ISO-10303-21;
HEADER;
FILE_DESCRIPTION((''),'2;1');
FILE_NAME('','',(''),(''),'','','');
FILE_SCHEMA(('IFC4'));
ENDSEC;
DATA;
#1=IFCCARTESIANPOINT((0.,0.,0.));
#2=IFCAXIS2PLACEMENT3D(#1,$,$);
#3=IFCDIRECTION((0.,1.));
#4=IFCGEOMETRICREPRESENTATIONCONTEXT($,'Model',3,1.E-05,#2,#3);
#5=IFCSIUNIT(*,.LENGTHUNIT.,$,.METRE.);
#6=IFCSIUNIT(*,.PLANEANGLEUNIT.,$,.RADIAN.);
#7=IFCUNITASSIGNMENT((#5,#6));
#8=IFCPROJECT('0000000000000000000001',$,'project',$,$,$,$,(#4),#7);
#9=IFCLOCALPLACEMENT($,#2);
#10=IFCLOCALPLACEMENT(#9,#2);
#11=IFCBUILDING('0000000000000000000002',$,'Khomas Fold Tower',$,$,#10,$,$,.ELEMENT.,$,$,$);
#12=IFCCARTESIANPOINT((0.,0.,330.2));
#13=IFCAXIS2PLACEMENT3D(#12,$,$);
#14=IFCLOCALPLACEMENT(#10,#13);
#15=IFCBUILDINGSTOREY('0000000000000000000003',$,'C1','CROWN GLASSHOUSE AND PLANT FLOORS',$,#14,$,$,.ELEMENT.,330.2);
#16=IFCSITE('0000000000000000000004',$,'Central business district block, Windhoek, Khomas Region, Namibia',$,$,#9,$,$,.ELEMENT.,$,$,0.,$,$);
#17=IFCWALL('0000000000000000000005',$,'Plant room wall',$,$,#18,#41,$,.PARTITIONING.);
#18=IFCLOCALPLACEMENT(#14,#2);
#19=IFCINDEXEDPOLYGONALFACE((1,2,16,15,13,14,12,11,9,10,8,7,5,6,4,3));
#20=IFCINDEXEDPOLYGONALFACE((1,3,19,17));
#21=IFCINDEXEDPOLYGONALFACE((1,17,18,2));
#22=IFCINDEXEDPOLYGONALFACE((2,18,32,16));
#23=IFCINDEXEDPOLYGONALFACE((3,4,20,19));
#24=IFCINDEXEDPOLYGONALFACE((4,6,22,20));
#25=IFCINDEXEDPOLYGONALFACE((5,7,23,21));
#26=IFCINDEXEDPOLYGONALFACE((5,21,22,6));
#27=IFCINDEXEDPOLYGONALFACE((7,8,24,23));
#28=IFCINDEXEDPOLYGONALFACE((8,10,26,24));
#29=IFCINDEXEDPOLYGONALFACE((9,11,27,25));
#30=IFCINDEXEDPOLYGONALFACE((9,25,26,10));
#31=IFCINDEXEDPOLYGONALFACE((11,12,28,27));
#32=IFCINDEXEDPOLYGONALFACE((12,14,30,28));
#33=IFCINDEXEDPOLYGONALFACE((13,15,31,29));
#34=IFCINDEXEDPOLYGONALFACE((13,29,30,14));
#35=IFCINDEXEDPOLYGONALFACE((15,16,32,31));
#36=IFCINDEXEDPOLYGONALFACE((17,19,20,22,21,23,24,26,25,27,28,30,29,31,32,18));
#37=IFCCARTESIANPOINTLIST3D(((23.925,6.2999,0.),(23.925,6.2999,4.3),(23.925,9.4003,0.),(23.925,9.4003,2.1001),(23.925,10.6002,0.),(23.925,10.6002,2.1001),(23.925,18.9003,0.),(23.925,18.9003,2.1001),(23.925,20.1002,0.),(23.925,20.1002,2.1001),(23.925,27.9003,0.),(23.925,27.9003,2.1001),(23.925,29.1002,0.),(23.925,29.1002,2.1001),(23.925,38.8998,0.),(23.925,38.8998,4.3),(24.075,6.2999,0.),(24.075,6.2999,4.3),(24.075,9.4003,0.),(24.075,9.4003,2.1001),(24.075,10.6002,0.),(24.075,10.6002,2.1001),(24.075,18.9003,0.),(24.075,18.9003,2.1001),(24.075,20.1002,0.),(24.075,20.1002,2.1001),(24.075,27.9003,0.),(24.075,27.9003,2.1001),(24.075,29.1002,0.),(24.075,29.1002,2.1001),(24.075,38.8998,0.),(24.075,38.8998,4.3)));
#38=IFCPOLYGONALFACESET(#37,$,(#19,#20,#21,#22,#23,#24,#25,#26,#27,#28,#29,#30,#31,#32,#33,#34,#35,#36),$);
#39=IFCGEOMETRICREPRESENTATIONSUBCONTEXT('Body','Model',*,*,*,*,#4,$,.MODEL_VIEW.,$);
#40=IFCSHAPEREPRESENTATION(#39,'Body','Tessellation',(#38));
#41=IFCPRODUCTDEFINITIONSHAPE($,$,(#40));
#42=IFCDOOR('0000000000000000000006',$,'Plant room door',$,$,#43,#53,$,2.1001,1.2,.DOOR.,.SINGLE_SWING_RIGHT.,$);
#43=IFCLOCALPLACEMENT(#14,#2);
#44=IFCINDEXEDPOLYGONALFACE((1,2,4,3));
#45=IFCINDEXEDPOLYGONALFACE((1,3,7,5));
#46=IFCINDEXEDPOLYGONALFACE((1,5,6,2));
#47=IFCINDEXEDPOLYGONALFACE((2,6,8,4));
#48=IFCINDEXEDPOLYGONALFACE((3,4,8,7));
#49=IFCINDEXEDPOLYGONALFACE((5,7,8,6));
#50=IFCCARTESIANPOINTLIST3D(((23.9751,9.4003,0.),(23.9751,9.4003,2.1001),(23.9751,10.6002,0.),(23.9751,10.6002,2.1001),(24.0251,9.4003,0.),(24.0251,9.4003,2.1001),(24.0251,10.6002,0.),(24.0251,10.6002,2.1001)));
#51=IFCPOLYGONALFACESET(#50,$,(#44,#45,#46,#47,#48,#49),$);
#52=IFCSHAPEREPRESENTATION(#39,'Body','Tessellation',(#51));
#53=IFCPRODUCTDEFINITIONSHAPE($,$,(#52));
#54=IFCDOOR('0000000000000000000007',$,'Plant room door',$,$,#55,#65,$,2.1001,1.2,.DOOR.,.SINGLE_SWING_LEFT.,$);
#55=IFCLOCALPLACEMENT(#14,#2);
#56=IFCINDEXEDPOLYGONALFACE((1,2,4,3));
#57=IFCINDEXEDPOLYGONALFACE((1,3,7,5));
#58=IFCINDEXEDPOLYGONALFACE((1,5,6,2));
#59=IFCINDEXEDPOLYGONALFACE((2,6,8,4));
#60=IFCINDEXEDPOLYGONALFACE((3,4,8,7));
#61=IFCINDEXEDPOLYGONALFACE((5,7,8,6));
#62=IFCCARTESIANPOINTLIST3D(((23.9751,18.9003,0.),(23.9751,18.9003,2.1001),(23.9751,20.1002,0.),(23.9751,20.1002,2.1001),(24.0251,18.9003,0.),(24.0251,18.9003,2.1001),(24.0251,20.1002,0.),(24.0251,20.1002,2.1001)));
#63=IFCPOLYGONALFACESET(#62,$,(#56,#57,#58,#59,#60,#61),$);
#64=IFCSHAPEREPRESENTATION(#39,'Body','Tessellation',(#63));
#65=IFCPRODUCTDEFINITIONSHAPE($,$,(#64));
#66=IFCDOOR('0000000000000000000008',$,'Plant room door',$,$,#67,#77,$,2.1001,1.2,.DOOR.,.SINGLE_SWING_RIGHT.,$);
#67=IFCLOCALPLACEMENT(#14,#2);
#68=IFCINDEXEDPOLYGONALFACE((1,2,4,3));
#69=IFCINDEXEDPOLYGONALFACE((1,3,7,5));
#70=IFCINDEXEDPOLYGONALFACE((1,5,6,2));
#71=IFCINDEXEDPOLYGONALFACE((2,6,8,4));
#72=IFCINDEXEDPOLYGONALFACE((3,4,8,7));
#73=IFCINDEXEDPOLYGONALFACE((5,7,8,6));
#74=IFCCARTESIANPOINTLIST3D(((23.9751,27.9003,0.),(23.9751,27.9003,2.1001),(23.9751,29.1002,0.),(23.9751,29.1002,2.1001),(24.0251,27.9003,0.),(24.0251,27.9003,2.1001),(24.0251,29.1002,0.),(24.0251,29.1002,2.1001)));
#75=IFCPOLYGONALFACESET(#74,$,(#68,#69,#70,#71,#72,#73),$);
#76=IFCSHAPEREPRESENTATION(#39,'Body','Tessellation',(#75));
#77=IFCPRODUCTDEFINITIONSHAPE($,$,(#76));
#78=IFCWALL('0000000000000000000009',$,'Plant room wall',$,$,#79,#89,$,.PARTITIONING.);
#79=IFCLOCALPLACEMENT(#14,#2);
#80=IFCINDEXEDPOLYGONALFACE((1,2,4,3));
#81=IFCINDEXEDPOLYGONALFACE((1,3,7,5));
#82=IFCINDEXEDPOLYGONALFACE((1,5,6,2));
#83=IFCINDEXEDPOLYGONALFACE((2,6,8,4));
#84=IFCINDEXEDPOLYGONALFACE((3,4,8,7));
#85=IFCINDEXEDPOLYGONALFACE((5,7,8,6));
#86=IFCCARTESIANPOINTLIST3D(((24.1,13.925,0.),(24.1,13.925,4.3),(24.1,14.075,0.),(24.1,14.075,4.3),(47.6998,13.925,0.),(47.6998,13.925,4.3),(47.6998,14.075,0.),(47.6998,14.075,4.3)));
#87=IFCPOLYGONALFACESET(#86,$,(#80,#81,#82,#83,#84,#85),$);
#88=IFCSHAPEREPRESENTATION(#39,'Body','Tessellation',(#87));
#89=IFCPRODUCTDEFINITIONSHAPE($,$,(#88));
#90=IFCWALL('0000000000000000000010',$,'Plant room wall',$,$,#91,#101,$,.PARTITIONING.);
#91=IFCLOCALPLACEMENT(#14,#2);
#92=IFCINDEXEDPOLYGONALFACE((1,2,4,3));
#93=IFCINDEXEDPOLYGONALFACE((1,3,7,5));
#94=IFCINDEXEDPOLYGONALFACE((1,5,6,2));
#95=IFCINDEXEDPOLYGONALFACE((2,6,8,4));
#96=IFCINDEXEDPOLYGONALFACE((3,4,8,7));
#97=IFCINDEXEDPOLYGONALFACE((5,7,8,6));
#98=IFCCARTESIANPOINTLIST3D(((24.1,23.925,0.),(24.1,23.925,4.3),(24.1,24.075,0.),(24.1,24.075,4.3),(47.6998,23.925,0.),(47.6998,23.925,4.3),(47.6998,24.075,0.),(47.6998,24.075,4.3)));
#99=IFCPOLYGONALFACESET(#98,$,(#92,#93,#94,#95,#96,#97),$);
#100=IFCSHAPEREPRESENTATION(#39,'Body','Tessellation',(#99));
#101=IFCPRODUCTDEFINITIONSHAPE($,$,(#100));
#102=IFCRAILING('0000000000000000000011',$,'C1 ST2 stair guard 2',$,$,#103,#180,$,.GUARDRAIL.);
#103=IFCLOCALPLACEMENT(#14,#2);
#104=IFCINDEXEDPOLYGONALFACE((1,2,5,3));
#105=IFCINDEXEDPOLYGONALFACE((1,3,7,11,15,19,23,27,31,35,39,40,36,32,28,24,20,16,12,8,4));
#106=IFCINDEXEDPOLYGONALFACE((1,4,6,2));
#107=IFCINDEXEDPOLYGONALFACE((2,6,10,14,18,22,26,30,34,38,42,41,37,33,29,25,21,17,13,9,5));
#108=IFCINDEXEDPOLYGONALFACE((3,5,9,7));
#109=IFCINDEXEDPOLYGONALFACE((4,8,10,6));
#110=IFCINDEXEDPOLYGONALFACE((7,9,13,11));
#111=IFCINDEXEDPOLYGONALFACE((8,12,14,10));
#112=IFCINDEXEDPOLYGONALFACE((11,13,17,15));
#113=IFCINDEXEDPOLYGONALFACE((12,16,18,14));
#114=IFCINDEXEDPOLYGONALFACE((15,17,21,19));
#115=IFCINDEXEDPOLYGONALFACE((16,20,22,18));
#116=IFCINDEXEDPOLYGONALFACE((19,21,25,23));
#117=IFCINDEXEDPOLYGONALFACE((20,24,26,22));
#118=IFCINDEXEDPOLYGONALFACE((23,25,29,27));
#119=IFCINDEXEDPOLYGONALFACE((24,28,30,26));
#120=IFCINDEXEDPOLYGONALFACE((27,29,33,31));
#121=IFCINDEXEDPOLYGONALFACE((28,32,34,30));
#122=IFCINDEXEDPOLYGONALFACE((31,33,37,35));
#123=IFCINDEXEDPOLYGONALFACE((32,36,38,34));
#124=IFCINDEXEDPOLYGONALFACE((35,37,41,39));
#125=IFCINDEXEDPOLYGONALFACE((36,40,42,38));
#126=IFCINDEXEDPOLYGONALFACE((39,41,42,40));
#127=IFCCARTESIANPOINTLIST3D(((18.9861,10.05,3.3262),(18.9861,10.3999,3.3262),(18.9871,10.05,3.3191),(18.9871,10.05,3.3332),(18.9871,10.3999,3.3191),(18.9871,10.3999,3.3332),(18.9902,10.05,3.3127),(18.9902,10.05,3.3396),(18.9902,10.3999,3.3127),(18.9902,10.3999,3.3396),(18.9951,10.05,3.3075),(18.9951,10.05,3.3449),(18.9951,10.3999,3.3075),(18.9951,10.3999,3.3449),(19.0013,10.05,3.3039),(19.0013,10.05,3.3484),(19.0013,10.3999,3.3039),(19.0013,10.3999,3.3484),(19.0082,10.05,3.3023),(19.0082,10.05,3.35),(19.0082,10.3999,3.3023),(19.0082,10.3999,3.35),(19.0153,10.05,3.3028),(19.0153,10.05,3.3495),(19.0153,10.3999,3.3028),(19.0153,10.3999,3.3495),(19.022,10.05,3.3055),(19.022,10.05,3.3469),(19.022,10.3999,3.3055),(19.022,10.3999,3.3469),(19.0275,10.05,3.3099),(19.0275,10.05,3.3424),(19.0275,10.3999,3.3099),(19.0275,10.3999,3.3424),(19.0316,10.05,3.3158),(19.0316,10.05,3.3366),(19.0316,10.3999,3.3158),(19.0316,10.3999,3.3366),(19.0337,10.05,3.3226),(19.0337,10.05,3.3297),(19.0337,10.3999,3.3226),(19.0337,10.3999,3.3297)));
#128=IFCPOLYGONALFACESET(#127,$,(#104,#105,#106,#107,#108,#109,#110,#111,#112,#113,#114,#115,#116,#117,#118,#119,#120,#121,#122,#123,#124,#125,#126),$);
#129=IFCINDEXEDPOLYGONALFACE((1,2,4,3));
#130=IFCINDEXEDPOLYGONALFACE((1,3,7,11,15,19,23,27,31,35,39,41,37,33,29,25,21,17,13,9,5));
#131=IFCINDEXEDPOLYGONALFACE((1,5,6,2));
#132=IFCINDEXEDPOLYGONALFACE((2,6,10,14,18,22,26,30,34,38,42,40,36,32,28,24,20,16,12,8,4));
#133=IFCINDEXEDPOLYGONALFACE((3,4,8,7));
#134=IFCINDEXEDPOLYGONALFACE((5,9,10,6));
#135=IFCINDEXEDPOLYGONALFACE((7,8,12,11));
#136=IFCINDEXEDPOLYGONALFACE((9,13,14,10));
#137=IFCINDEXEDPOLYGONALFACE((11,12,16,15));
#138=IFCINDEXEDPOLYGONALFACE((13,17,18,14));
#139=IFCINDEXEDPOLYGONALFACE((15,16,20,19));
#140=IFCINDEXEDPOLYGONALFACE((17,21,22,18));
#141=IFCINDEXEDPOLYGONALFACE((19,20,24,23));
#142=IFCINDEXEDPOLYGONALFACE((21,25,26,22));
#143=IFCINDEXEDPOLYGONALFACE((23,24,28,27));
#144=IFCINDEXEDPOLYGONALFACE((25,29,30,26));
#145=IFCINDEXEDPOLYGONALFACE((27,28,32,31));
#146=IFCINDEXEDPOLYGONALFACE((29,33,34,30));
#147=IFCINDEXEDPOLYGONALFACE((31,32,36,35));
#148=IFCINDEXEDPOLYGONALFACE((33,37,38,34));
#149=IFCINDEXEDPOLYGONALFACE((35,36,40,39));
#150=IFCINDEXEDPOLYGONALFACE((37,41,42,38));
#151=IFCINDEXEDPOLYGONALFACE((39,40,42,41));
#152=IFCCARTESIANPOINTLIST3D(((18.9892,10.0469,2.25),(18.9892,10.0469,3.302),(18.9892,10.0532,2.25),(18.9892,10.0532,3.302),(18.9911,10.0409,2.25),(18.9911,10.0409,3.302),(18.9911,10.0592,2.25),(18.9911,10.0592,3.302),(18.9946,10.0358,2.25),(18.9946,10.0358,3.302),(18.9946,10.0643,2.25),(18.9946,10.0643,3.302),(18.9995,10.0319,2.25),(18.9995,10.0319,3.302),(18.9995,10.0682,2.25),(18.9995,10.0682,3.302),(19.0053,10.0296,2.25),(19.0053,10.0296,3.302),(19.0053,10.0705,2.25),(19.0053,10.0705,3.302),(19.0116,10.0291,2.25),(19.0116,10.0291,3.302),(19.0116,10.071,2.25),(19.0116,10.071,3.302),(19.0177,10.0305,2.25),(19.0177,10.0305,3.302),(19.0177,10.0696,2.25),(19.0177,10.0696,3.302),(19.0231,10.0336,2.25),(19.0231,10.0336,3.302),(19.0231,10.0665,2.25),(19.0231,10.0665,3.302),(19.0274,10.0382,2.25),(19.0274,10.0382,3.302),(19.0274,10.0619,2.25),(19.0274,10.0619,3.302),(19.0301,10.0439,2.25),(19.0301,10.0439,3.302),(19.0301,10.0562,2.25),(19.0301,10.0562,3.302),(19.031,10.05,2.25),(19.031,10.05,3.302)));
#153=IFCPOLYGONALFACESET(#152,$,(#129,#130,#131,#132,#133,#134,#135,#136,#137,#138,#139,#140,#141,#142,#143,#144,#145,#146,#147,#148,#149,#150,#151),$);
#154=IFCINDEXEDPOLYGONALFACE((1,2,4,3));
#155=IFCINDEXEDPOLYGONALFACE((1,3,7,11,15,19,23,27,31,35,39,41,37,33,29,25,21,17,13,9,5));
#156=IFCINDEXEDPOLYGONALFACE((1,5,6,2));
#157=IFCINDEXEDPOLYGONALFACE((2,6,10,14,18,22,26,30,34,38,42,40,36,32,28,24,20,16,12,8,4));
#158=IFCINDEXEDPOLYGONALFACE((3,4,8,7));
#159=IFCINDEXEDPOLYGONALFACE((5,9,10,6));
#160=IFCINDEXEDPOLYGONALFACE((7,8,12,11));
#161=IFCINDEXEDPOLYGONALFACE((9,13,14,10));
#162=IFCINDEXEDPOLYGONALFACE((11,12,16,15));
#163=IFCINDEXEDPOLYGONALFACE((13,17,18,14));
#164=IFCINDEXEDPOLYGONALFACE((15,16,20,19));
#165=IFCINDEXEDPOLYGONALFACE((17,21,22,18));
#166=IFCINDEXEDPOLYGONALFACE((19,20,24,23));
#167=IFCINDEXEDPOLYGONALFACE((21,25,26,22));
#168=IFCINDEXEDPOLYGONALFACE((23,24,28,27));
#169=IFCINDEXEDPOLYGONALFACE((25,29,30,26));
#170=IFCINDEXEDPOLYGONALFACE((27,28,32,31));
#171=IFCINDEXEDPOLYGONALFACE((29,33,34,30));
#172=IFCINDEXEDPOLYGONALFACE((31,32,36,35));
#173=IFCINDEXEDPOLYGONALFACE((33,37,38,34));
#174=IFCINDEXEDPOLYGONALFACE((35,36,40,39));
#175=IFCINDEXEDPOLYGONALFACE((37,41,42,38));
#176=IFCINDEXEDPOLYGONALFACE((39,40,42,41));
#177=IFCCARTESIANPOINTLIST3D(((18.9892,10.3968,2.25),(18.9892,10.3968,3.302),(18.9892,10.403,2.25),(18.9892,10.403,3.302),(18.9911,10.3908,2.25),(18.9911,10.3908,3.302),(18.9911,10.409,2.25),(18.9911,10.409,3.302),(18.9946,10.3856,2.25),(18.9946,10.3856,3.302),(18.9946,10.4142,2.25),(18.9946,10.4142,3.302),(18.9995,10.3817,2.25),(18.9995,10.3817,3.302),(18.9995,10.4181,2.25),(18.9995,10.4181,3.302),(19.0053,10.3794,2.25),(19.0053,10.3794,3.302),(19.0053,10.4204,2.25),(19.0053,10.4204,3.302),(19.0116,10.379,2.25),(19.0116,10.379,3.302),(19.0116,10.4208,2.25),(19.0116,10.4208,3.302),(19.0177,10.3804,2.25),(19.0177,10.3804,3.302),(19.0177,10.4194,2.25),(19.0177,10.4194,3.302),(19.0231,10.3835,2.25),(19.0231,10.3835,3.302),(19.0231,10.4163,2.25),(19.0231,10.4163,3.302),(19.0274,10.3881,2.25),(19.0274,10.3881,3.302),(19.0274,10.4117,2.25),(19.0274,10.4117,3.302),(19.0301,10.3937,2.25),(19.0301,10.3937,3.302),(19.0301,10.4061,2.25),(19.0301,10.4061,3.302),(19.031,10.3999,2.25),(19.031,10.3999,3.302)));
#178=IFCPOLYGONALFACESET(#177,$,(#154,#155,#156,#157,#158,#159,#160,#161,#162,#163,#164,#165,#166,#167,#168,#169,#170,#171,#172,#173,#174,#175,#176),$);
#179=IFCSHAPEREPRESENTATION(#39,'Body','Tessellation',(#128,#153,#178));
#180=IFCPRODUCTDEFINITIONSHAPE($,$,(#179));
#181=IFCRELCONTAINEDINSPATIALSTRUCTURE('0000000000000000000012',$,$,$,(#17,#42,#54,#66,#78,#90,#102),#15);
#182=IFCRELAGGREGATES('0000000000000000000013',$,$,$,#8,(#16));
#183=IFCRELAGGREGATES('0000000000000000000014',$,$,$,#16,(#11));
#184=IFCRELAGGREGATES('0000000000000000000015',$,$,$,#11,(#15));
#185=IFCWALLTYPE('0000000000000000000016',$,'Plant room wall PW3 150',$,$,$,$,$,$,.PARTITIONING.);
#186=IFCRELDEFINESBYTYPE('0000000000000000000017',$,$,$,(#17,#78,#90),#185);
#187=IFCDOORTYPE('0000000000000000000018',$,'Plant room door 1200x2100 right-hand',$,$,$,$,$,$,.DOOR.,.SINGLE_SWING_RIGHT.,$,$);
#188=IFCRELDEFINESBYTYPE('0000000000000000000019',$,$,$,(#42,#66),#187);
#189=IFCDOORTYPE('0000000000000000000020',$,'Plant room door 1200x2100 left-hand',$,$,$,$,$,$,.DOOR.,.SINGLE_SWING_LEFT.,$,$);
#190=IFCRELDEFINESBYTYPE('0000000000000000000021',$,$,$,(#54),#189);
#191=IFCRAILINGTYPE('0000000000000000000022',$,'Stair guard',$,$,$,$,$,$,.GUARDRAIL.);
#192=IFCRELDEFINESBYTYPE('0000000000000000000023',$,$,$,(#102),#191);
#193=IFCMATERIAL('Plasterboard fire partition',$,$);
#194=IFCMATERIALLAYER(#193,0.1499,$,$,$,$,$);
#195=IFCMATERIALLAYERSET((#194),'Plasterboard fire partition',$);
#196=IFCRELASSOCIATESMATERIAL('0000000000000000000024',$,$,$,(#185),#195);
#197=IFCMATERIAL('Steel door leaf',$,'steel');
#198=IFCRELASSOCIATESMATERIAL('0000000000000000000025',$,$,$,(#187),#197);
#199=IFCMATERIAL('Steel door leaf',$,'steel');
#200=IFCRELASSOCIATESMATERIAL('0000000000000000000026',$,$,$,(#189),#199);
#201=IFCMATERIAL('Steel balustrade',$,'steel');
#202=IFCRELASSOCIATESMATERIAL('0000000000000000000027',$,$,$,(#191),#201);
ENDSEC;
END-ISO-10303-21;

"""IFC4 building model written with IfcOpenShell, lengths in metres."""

from ifc_helpers import new_model, si_unit, direction, frame, frame_2d, origin, origin_2d, place, context, subcontext, project, spatial, rectangle, circle, extrude, source, transform, mapped, material, layer, layer_set, type_object, element, fill, save


model = new_model("IFC4")

# Units and contexts
model_context = context("Model", 3, precision=1e-05, world=origin(), true_north=direction((0.0, 1.0)))
body_context = subcontext(model_context, "Body", "Model", "MODEL_VIEW")
ifc_project = project(units=[si_unit("LENGTHUNIT", "METRE"), si_unit("PLANEANGLEUNIT", "RADIAN")], contexts=[model_context])

# Site, building, storey
site_placement = place(None, origin())
site = spatial("IfcSite", under=ifc_project, at=site_placement, Name="Central business district block, Windhoek, Khomas Region, Namibia", CompositionType="ELEMENT", RefElevation=0.0)
building_placement = place(site_placement, origin())
building = spatial("IfcBuilding", under=site, at=building_placement, Name="Khomas Fold Tower", CompositionType="ELEMENT")
storey_placement = place(building_placement, frame((0.0, 0.0, 330.2)))
storey = spatial("IfcBuildingStorey", under=building, at=storey_placement, Name="C1", Description="CROWN GLASSHOUSE AND PLANT FLOORS", CompositionType="ELEMENT", Elevation=330.2)

# Wall, openings, doors
ifc_material_1 = material(Name="Plasterboard fire partition")
ifc_layer_1 = layer(ifc_material_1, 0.1499)
ifc_layer_set_1 = layer_set([ifc_layer_1], Name="Plasterboard fire partition")
wall_type_1 = type_object("IfcWallType", Name="Plant room wall PW3 150", PredefinedType="PARTITIONING", material=ifc_layer_set_1)
shared_shape_1 = source(origin(), body_context, "Body", "SweptSolid", [
    extrude(rectangle(XDim=32.5999, YDim=0.1499, at=frame_2d((16.2998, 0.0))), origin(), (0.0, 0.0, 1.0), 4.3),
])
wall_1_placement = place(storey_placement, frame((24.0, 6.3, 0.0), z_axis=(0.0, 0.0, 1.0), x_axis=(0.0, 1.0, 0.0)))
wall_1 = element("IfcWall", 1, at=wall_1_placement, inside=storey, type_object=wall_type_1, Name="Plant room wall", PredefinedType="PARTITIONING", context=body_context, shape_type="MappedRepresentation", body=[
    mapped(shared_shape_1, transform((0.0, 0.0, 0.0))),
])
shared_shape_2 = source(origin(), body_context, "Body", "SweptSolid", [
    extrude(rectangle(XDim=1.2, YDim=2.1001, at=frame_2d((0.6001, 1.05))), frame((0.0, 0.085, 0.0), z_axis=(0.0, -1.0, 0.0), x_axis=(1.0, 0.0, 0.0)), (0.0, 0.0, 1.0), 0.1699),
])
opening_1_placement = place(wall_1_placement, frame((3.1001, 0.0, 0.0)))
opening_1 = element("IfcOpeningElement", 2, at=opening_1_placement, cuts=wall_1, PredefinedType="OPENING", context=body_context, shape_type="MappedRepresentation", body=[
    mapped(shared_shape_2, transform((0.0, 0.0, 0.0))),
])
opening_2_placement = place(wall_1_placement, frame((12.6001, 0.0, 0.0)))
opening_2 = element("IfcOpeningElement", 3, at=opening_2_placement, cuts=wall_1, PredefinedType="OPENING", context=body_context, shape_type="MappedRepresentation", body=[
    mapped(shared_shape_2, transform((0.0, 0.0, 0.0))),
])
opening_3_placement = place(wall_1_placement, frame((21.6001, 0.0, 0.0)))
opening_3 = element("IfcOpeningElement", 4, at=opening_3_placement, cuts=wall_1, PredefinedType="OPENING", context=body_context, shape_type="MappedRepresentation", body=[
    mapped(shared_shape_2, transform((0.0, 0.0, 0.0))),
])
ifc_material_2 = material(Name="Steel door leaf", Category="steel")
door_type_1 = type_object("IfcDoorType", Name="Plant room door 1200x2100 right-hand", OperationType="SINGLE_SWING_RIGHT", PredefinedType="DOOR", material=ifc_material_2)
shared_shape_3 = source(origin(), body_context, "Body", "SweptSolid", [
    extrude(rectangle(XDim=1.2, YDim=2.1001, at=frame_2d((0.6001, 1.05))), frame((0.0, 0.0249, 0.0), z_axis=(0.0, -1.0, 0.0), x_axis=(1.0, 0.0, 0.0)), (0.0, 0.0, 1.0), 0.05),
])
door_1_placement = place(opening_1_placement, origin())
door_1 = element("IfcDoor", 5, at=door_1_placement, inside=storey, type_object=door_type_1, Name="Plant room door", OperationType="SINGLE_SWING_RIGHT", OverallHeight=2.1001, OverallWidth=1.2, PredefinedType="DOOR", context=body_context, shape_type="MappedRepresentation", body=[
    mapped(shared_shape_3, transform((0.0, 0.0, 0.0))),
])
fill(opening_1, door_1)
ifc_material_3 = material(Name="Steel door leaf", Category="steel")
door_type_2 = type_object("IfcDoorType", Name="Plant room door 1200x2100 left-hand", OperationType="SINGLE_SWING_LEFT", PredefinedType="DOOR", material=ifc_material_3)
door_2_placement = place(opening_2_placement, origin())
door_2 = element("IfcDoor", 6, at=door_2_placement, inside=storey, type_object=door_type_2, Name="Plant room door", OperationType="SINGLE_SWING_LEFT", OverallHeight=2.1001, OverallWidth=1.2, PredefinedType="DOOR", context=body_context, shape_type="MappedRepresentation", body=[
    mapped(shared_shape_3, transform((0.0, 0.0, 0.0))),
])
fill(opening_2, door_2)
door_3_placement = place(opening_3_placement, origin())
door_3 = element("IfcDoor", 7, at=door_3_placement, inside=storey, type_object=door_type_1, Name="Plant room door", OperationType="SINGLE_SWING_RIGHT", OverallHeight=2.1001, OverallWidth=1.2, PredefinedType="DOOR", context=body_context, shape_type="MappedRepresentation", body=[
    mapped(shared_shape_3, transform((0.0, 0.0, 0.0))),
])
fill(opening_3, door_3)

# Walls
shared_shape_4 = source(origin(), body_context, "Body", "SweptSolid", [
    extrude(rectangle(XDim=23.5999, YDim=0.1499, at=frame_2d((11.7998, 0.0))), origin(), (0.0, 0.0, 1.0), 4.3),
])
for number, where, z_axis, x_axis, name in (
    (8, (24.1001, 14.0, 0.0), (0.0, 0.0, 1.0), (1.0, 0.0, 0.0), "Plant room wall"),
    (9, (24.1001, 24.0, 0.0), (0.0, 0.0, 1.0), (1.0, 0.0, 0.0), "Plant room wall"),
):
    element("IfcWall", number, at=place(storey_placement, frame(where, z_axis=z_axis, x_axis=x_axis)), inside=storey, type_object=wall_type_1, Name=name, PredefinedType="PARTITIONING", context=body_context, shape_type="MappedRepresentation", body=[
        mapped(shared_shape_4, transform((0.0, 0.0, 0.0))),
    ])

# Railing
ifc_material_4 = material(Name="Steel balustrade", Category="steel")
railing_type_1 = type_object("IfcRailingType", Name="Stair guard", PredefinedType="GUARDRAIL", material=ifc_material_4)
shared_shape_5 = source(origin(), body_context, "Body", "SweptSolid", [
    extrude(circle(Radius=0.0239, at=origin_2d()), frame((0.0, 0.0, 1.0762), z_axis=(0.0, 1.0, 0.0), x_axis=(-1.0, 0.0, 0.0)), (0.0, 0.0, 1.0), 0.3499),
    extrude(circle(Radius=0.021, at=origin_2d()), origin(), (0.0, 0.0, 1.0), 1.052),
    extrude(circle(Radius=0.021, at=origin_2d()), frame((0.0, 0.3499, 0.0)), (0.0, 0.0, 1.0), 1.052),
])
railing_1_placement = place(storey_placement, frame((19.01, 10.05, 2.25)))
element("IfcRailing", 10, at=railing_1_placement, inside=storey, type_object=railing_type_1, Name="C1 ST2 stair guard 2", PredefinedType="GUARDRAIL", context=body_context, shape_type="MappedRepresentation", body=[
    mapped(shared_shape_5, transform((0.0, 0.0, 0.0))),
])

save(model, "model.ifc")
